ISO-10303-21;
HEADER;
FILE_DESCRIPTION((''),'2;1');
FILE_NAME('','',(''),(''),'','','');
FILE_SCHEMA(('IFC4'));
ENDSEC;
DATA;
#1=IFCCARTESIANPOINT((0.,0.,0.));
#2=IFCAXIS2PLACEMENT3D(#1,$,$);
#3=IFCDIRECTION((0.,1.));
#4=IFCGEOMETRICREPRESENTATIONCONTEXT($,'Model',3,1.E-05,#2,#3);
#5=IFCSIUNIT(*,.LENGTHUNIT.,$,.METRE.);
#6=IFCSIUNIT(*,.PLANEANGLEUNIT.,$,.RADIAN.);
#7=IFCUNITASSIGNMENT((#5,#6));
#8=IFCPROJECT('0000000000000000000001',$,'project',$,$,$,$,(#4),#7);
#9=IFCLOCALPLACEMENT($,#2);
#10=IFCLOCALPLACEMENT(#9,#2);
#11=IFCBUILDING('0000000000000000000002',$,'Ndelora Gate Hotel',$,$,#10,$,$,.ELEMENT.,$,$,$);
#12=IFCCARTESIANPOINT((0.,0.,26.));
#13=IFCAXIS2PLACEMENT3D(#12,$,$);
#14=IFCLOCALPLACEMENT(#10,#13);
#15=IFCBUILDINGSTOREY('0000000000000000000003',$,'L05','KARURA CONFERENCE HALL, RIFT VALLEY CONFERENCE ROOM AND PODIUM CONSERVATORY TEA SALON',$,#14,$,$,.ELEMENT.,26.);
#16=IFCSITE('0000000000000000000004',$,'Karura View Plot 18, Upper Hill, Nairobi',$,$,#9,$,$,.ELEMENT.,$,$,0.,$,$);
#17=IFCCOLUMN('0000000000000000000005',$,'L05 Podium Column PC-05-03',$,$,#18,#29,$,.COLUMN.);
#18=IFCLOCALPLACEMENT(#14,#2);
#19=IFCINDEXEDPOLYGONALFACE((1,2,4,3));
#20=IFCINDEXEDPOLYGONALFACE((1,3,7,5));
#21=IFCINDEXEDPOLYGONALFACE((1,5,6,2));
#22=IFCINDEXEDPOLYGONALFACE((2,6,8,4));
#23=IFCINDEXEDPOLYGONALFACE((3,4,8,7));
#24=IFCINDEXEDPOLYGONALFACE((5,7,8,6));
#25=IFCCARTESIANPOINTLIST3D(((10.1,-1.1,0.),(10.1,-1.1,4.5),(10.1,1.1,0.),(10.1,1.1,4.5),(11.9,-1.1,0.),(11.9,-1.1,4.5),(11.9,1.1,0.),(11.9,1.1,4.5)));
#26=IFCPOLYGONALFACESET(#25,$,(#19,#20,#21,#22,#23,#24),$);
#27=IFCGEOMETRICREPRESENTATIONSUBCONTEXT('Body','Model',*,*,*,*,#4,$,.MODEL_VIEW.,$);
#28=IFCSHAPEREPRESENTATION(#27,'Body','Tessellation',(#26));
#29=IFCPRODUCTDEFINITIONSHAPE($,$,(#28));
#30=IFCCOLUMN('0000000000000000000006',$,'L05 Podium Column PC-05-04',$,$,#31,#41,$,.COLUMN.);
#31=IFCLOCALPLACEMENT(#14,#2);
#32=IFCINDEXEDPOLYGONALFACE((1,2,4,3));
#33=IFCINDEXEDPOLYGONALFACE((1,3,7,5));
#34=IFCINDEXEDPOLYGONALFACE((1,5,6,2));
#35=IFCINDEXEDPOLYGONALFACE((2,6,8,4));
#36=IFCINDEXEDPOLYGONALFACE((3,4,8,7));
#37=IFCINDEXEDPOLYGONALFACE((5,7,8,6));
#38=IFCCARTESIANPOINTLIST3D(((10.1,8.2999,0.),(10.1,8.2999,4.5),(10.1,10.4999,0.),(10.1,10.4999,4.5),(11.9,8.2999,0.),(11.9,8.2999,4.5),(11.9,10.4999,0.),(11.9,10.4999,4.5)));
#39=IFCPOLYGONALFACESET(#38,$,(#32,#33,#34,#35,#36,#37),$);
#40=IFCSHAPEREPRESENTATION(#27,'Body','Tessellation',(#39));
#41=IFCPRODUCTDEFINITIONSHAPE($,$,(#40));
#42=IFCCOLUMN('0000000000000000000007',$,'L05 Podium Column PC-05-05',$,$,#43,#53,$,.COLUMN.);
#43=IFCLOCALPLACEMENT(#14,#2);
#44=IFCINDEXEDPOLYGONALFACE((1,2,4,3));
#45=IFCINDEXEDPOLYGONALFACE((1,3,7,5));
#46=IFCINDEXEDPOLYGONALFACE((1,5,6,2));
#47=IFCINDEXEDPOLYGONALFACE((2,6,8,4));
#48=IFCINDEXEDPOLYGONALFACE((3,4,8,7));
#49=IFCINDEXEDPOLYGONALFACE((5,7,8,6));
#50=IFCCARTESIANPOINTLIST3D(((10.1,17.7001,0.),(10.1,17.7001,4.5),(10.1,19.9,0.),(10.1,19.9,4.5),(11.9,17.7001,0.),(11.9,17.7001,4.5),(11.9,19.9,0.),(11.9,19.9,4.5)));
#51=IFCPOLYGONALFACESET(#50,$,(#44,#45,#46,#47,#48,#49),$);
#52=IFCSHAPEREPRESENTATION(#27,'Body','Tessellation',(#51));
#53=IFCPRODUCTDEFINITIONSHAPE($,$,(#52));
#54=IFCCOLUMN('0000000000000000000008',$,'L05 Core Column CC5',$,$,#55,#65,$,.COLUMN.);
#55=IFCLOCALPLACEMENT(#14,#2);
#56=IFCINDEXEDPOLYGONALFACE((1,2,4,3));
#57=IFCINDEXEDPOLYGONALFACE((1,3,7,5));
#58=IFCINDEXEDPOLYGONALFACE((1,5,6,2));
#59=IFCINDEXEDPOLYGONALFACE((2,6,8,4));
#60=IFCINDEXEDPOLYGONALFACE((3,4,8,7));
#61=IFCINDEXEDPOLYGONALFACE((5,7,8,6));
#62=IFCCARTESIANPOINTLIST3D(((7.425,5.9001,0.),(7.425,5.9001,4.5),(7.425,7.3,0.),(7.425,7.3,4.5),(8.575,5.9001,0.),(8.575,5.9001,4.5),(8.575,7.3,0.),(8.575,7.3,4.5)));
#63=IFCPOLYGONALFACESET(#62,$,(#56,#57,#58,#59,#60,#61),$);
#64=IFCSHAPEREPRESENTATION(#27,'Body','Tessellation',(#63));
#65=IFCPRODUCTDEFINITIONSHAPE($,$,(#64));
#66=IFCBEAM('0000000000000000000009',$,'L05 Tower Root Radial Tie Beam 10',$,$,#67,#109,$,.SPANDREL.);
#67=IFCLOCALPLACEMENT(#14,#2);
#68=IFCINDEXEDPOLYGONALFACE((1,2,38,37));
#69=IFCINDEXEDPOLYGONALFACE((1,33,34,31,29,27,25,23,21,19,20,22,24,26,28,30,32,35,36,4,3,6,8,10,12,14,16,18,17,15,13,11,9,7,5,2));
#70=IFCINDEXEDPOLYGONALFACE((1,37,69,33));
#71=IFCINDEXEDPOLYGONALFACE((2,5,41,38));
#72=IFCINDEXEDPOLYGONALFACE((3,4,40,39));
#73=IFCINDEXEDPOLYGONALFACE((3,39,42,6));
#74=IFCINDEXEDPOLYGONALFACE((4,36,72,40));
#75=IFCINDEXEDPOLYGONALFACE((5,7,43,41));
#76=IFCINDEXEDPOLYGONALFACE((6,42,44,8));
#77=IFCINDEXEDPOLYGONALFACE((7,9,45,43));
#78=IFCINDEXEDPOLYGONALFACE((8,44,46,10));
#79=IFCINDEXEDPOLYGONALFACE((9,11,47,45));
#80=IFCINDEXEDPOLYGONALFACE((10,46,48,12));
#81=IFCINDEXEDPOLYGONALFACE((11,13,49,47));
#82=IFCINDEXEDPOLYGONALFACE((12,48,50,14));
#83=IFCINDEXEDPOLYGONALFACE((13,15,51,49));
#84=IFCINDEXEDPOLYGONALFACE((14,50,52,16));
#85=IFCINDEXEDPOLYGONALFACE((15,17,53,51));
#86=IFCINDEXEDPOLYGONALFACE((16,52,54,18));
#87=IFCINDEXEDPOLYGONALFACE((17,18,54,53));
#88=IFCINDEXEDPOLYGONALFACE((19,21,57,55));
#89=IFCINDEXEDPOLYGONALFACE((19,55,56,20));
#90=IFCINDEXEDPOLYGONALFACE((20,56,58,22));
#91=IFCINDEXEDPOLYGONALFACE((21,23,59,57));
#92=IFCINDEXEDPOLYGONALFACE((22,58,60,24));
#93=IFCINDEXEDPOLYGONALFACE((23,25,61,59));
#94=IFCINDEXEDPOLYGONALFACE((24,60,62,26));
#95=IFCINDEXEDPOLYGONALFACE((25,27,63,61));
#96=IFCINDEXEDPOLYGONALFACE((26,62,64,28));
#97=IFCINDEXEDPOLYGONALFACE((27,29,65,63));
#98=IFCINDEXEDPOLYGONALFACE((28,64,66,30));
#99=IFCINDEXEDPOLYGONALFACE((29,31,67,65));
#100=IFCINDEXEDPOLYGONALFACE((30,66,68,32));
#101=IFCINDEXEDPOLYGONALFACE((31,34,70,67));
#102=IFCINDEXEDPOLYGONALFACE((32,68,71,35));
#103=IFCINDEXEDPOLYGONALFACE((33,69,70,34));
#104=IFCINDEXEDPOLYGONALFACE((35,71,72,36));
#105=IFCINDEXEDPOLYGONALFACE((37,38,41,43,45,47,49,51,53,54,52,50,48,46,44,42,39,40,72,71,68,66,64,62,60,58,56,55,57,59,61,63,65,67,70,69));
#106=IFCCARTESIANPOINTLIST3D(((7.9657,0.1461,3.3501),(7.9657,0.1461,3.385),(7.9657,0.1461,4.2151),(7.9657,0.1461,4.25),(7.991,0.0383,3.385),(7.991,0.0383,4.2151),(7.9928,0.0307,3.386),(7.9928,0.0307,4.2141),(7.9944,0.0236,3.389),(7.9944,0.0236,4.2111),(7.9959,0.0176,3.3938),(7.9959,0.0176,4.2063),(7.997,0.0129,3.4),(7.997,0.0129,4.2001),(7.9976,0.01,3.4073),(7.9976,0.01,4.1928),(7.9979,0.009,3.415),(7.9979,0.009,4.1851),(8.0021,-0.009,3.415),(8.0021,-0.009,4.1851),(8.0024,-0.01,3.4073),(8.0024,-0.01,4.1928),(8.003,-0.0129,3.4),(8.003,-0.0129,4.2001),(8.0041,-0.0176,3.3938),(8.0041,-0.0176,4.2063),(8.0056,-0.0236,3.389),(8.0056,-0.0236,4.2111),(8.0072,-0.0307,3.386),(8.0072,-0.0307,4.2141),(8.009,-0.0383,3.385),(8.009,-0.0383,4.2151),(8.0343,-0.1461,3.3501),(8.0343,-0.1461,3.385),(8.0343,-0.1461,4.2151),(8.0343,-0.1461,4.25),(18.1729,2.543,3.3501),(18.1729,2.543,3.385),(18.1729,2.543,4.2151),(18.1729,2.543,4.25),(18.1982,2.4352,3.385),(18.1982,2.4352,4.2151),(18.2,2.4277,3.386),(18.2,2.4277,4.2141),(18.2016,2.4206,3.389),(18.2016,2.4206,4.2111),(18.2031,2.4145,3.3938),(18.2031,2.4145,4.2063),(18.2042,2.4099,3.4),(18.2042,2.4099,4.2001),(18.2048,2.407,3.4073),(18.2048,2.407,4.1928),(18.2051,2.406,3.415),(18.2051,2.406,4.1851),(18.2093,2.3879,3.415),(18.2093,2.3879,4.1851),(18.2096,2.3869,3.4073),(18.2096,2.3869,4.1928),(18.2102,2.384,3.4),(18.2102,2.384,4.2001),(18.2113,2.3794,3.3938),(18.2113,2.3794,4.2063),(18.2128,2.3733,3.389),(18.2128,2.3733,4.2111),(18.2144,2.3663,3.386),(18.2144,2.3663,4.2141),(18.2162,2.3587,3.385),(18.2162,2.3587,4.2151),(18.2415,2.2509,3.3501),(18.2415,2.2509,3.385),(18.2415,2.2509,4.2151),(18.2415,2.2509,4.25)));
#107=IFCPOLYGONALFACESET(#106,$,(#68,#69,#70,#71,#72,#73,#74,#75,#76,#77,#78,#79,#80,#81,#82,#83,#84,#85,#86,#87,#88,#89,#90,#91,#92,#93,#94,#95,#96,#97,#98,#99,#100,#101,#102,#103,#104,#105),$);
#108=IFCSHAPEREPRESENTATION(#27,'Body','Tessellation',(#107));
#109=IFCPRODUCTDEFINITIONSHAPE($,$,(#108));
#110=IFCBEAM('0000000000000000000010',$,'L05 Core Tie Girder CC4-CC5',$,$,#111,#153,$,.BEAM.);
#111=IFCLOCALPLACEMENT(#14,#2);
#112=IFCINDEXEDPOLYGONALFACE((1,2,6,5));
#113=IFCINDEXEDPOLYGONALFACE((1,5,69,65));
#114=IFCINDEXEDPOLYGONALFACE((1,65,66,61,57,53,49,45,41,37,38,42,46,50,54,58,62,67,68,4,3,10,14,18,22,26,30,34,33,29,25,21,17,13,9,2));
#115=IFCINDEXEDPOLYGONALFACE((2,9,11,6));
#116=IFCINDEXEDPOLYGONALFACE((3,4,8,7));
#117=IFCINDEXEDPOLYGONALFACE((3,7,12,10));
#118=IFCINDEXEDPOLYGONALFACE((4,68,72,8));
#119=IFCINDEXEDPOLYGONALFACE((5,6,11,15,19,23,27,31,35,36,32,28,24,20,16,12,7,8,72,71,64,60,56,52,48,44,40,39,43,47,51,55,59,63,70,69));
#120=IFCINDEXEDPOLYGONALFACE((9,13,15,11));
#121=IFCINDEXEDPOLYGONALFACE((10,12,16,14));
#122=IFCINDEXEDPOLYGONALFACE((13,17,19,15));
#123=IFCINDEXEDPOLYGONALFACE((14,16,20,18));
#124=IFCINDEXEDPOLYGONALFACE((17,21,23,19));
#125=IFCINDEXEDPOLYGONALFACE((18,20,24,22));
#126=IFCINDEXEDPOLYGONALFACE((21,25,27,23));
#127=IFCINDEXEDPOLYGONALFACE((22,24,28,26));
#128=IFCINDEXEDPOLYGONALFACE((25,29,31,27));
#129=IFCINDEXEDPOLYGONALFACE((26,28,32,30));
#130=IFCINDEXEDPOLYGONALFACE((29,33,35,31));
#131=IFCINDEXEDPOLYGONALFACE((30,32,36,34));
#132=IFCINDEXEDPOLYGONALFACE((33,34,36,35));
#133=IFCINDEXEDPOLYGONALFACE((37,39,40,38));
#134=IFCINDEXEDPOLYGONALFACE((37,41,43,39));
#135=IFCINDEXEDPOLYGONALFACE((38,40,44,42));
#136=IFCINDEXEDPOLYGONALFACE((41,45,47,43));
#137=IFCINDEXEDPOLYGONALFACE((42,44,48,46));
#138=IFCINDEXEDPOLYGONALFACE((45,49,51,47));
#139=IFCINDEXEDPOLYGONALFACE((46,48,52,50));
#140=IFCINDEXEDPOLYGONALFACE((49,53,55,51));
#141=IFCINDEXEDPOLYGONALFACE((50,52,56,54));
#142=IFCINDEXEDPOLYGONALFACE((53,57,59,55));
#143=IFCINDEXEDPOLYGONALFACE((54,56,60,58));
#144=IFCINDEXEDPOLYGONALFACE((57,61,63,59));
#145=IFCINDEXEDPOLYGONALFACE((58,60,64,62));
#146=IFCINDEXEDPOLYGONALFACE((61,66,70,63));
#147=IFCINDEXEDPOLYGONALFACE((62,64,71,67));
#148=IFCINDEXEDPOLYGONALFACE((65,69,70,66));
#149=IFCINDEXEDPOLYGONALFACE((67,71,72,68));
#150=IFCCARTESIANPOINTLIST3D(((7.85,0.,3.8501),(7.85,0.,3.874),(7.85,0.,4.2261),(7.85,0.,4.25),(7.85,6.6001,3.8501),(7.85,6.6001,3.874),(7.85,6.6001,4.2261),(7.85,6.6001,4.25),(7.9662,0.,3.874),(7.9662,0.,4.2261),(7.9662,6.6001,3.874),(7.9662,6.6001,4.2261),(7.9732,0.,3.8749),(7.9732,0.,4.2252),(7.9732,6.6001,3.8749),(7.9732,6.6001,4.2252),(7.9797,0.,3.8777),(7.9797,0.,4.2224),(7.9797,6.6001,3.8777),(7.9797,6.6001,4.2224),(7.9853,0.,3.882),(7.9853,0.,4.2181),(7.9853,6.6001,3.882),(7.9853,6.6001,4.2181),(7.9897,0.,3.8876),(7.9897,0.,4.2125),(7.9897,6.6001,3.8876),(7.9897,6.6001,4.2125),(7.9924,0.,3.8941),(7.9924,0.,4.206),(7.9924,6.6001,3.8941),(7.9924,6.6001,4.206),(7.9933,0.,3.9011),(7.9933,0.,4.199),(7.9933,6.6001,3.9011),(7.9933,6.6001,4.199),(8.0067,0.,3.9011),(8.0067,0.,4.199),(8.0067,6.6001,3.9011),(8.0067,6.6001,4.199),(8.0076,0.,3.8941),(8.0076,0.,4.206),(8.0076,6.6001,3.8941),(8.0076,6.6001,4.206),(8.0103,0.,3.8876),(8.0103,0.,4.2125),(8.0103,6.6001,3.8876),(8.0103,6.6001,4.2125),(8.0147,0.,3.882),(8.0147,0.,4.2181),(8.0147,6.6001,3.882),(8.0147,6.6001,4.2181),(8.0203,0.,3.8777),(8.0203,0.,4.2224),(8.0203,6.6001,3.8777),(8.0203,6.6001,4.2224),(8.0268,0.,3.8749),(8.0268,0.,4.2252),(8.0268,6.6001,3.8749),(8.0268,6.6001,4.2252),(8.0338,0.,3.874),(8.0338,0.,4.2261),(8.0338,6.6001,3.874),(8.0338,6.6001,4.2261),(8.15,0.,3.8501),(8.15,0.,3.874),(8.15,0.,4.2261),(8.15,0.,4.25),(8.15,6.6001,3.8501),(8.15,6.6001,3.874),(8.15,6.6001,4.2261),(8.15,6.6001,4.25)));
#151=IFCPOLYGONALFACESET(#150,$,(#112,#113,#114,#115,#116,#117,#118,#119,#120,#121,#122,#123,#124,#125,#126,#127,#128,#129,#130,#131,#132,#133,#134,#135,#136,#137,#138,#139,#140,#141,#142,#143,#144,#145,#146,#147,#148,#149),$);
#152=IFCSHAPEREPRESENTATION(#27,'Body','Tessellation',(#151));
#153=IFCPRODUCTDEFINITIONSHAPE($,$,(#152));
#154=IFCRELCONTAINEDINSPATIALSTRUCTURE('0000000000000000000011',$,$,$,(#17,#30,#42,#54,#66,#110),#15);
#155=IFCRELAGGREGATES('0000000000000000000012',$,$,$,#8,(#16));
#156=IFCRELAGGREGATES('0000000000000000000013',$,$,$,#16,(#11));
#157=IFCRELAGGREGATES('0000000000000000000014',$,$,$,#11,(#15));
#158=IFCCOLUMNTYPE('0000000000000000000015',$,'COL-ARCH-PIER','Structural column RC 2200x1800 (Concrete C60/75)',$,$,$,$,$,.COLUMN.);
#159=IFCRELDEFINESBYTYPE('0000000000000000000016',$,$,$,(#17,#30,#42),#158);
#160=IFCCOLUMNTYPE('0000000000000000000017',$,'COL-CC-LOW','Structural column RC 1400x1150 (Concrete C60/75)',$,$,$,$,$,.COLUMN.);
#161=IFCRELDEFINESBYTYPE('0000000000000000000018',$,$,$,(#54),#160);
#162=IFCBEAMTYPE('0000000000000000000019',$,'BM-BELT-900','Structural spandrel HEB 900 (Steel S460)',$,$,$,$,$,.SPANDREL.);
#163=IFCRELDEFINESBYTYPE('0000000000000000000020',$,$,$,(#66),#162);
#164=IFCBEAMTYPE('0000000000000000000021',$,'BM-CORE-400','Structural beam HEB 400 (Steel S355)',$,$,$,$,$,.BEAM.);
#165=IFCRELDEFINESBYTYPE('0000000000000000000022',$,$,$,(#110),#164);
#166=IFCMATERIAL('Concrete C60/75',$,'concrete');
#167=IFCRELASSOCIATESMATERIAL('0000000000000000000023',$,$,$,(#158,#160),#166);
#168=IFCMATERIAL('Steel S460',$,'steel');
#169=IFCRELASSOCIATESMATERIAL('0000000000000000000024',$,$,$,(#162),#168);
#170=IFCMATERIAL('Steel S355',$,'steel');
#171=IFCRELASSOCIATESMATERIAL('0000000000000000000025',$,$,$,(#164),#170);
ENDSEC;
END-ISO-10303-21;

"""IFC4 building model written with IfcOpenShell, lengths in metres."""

from ifc_helpers import new_model, si_unit, direction, frame, origin, origin_2d, place, context, subcontext, project, spatial, rectangle, i_section, extrude, material, material_profile, profile_set, type_object, element, save


model = new_model("IFC4")

# Units and contexts
model_context = context("Model", 3, precision=1e-05, world=origin(), true_north=direction((0.0, 1.0)))
body_context = subcontext(model_context, "Body", "Model", "MODEL_VIEW")
ifc_project = project(units=[si_unit("LENGTHUNIT", "METRE"), si_unit("PLANEANGLEUNIT", "RADIAN")], contexts=[model_context])

# Site, building, storey
site_placement = place(None, origin())
site = spatial("IfcSite", under=ifc_project, at=site_placement, Name="Karura View Plot 18, Upper Hill, Nairobi", CompositionType="ELEMENT", RefElevation=0.0)
building_placement = place(site_placement, origin())
building = spatial("IfcBuilding", under=site, at=building_placement, Name="Ndelora Gate Hotel", CompositionType="ELEMENT")
storey_placement = place(building_placement, frame((0.0, 0.0, 26.0)))
storey = spatial("IfcBuildingStorey", under=building, at=storey_placement, Name="L05", Description="KARURA CONFERENCE HALL, RIFT VALLEY CONFERENCE ROOM AND PODIUM CONSERVATORY TEA SALON", CompositionType="ELEMENT", Elevation=26.0)

# Columns
ifc_material_1 = material(Name="Concrete C60/75", Category="concrete")
ifc_material_profile_1 = material_profile(ifc_material_1, rectangle(XDim=1.8, YDim=2.2, at=origin_2d()), Name="RC 2200x1800")
ifc_profile_set_1 = profile_set([ifc_material_profile_1], Name="Concrete C60/75")
column_type_1 = type_object("IfcColumnType", Name="COL-ARCH-PIER", Description="Structural column RC 2200x1800 (Concrete C60/75)", PredefinedType="COLUMN", material=ifc_profile_set_1)
for number, where, z_axis, x_axis, name in (
    (1, (11.0, 0.0, 0.0), (0.0, 0.0, 1.0), (1.0, 0.0, 0.0), "L05 Podium Column PC-05-03"),
    (2, (11.0, 9.3999, 0.0), (0.0, 0.0, 1.0), (1.0, 0.0, 0.0), "L05 Podium Column PC-05-04"),
    (3, (11.0, 18.8, 0.0), (0.0, 0.0, 1.0), (1.0, 0.0, 0.0), "L05 Podium Column PC-05-05"),
):
    element("IfcColumn", number, at=place(storey_placement, frame(where, z_axis=z_axis, x_axis=x_axis)), inside=storey, type_object=column_type_1, Name=name, PredefinedType="COLUMN", context=body_context, shape_type="SweptSolid", body=[
        extrude(rectangle(XDim=1.8, YDim=2.2, at=origin_2d()), origin(), (0.0, 0.0, 1.0), 4.5),
    ])
ifc_material_profile_2 = material_profile(ifc_material_1, rectangle(XDim=1.1499, YDim=1.3999, at=origin_2d()), Name="RC 1400x1150")
ifc_profile_set_2 = profile_set([ifc_material_profile_2], Name="Concrete C60/75")
column_type_2 = type_object("IfcColumnType", Name="COL-CC-LOW", Description="Structural column RC 1400x1150 (Concrete C60/75)", PredefinedType="COLUMN", material=ifc_profile_set_2)
column_placement = place(storey_placement, frame((8.0, 6.6001, 0.0), z_axis=(0.0, 0.0, 1.0), x_axis=(1.0, 0.0, 0.0)))
element("IfcColumn", 4, at=column_placement, inside=storey, type_object=column_type_2, Name="L05 Core Column CC5", PredefinedType="COLUMN", context=body_context, shape_type="SweptSolid", body=[
    extrude(rectangle(XDim=1.1499, YDim=1.3999, at=origin_2d()), origin(), (0.0, 0.0, 1.0), 4.5),
])

# Beams
ifc_material_2 = material(Name="Steel S460", Category="steel")
ifc_material_profile_3 = material_profile(ifc_material_2, i_section(OverallWidth=0.3, OverallDepth=0.8999, WebThickness=0.0186, FlangeThickness=0.0349, FilletRadius=0.03, at=origin_2d()), Name="HEB 900")
ifc_profile_set_3 = profile_set([ifc_material_profile_3], Name="Steel S460")
beam_type_1 = type_object("IfcBeamType", Name="BM-BELT-900", Description="Structural spandrel HEB 900 (Steel S460)", PredefinedType="SPANDREL", material=ifc_profile_set_3)
beam_1_placement = place(storey_placement, frame((8.0, 0.0, 3.8), z_axis=(0.973518, 0.228611, 0.0), x_axis=(-0.228611, 0.973518, 0.0)))
element("IfcBeam", 5, at=beam_1_placement, inside=storey, type_object=beam_type_1, Name="L05 Tower Root Radial Tie Beam 10", PredefinedType="SPANDREL", context=body_context, shape_type="SweptSolid", body=[
    extrude(i_section(OverallWidth=0.3, OverallDepth=0.8999, WebThickness=0.0186, FlangeThickness=0.0349, FilletRadius=0.03, at=origin_2d()), origin(), (0.0, 0.0, 1.0), 10.4849),
])
ifc_material_3 = material(Name="Steel S355", Category="steel")
ifc_material_profile_4 = material_profile(ifc_material_3, i_section(OverallWidth=0.3, OverallDepth=0.3999, WebThickness=0.0134, FlangeThickness=0.0239, FilletRadius=0.0271, at=origin_2d()), Name="HEB 400")
ifc_profile_set_4 = profile_set([ifc_material_profile_4], Name="Steel S355")
beam_type_2 = type_object("IfcBeamType", Name="BM-CORE-400", Description="Structural beam HEB 400 (Steel S355)", PredefinedType="BEAM", material=ifc_profile_set_4)
beam_2_placement = place(storey_placement, frame((8.0, 0.0, 4.05), z_axis=(0.0, 1.0, 0.0), x_axis=(-1.0, 0.0, 0.0)))
element("IfcBeam", 6, at=beam_2_placement, inside=storey, type_object=beam_type_2, Name="L05 Core Tie Girder CC4-CC5", PredefinedType="BEAM", context=body_context, shape_type="SweptSolid", body=[
    extrude(i_section(OverallWidth=0.3, OverallDepth=0.3999, WebThickness=0.0134, FlangeThickness=0.0239, FilletRadius=0.0271, at=origin_2d()), origin(), (0.0, 0.0, 1.0), 6.6001),
])

save(model, "model.ifc")
